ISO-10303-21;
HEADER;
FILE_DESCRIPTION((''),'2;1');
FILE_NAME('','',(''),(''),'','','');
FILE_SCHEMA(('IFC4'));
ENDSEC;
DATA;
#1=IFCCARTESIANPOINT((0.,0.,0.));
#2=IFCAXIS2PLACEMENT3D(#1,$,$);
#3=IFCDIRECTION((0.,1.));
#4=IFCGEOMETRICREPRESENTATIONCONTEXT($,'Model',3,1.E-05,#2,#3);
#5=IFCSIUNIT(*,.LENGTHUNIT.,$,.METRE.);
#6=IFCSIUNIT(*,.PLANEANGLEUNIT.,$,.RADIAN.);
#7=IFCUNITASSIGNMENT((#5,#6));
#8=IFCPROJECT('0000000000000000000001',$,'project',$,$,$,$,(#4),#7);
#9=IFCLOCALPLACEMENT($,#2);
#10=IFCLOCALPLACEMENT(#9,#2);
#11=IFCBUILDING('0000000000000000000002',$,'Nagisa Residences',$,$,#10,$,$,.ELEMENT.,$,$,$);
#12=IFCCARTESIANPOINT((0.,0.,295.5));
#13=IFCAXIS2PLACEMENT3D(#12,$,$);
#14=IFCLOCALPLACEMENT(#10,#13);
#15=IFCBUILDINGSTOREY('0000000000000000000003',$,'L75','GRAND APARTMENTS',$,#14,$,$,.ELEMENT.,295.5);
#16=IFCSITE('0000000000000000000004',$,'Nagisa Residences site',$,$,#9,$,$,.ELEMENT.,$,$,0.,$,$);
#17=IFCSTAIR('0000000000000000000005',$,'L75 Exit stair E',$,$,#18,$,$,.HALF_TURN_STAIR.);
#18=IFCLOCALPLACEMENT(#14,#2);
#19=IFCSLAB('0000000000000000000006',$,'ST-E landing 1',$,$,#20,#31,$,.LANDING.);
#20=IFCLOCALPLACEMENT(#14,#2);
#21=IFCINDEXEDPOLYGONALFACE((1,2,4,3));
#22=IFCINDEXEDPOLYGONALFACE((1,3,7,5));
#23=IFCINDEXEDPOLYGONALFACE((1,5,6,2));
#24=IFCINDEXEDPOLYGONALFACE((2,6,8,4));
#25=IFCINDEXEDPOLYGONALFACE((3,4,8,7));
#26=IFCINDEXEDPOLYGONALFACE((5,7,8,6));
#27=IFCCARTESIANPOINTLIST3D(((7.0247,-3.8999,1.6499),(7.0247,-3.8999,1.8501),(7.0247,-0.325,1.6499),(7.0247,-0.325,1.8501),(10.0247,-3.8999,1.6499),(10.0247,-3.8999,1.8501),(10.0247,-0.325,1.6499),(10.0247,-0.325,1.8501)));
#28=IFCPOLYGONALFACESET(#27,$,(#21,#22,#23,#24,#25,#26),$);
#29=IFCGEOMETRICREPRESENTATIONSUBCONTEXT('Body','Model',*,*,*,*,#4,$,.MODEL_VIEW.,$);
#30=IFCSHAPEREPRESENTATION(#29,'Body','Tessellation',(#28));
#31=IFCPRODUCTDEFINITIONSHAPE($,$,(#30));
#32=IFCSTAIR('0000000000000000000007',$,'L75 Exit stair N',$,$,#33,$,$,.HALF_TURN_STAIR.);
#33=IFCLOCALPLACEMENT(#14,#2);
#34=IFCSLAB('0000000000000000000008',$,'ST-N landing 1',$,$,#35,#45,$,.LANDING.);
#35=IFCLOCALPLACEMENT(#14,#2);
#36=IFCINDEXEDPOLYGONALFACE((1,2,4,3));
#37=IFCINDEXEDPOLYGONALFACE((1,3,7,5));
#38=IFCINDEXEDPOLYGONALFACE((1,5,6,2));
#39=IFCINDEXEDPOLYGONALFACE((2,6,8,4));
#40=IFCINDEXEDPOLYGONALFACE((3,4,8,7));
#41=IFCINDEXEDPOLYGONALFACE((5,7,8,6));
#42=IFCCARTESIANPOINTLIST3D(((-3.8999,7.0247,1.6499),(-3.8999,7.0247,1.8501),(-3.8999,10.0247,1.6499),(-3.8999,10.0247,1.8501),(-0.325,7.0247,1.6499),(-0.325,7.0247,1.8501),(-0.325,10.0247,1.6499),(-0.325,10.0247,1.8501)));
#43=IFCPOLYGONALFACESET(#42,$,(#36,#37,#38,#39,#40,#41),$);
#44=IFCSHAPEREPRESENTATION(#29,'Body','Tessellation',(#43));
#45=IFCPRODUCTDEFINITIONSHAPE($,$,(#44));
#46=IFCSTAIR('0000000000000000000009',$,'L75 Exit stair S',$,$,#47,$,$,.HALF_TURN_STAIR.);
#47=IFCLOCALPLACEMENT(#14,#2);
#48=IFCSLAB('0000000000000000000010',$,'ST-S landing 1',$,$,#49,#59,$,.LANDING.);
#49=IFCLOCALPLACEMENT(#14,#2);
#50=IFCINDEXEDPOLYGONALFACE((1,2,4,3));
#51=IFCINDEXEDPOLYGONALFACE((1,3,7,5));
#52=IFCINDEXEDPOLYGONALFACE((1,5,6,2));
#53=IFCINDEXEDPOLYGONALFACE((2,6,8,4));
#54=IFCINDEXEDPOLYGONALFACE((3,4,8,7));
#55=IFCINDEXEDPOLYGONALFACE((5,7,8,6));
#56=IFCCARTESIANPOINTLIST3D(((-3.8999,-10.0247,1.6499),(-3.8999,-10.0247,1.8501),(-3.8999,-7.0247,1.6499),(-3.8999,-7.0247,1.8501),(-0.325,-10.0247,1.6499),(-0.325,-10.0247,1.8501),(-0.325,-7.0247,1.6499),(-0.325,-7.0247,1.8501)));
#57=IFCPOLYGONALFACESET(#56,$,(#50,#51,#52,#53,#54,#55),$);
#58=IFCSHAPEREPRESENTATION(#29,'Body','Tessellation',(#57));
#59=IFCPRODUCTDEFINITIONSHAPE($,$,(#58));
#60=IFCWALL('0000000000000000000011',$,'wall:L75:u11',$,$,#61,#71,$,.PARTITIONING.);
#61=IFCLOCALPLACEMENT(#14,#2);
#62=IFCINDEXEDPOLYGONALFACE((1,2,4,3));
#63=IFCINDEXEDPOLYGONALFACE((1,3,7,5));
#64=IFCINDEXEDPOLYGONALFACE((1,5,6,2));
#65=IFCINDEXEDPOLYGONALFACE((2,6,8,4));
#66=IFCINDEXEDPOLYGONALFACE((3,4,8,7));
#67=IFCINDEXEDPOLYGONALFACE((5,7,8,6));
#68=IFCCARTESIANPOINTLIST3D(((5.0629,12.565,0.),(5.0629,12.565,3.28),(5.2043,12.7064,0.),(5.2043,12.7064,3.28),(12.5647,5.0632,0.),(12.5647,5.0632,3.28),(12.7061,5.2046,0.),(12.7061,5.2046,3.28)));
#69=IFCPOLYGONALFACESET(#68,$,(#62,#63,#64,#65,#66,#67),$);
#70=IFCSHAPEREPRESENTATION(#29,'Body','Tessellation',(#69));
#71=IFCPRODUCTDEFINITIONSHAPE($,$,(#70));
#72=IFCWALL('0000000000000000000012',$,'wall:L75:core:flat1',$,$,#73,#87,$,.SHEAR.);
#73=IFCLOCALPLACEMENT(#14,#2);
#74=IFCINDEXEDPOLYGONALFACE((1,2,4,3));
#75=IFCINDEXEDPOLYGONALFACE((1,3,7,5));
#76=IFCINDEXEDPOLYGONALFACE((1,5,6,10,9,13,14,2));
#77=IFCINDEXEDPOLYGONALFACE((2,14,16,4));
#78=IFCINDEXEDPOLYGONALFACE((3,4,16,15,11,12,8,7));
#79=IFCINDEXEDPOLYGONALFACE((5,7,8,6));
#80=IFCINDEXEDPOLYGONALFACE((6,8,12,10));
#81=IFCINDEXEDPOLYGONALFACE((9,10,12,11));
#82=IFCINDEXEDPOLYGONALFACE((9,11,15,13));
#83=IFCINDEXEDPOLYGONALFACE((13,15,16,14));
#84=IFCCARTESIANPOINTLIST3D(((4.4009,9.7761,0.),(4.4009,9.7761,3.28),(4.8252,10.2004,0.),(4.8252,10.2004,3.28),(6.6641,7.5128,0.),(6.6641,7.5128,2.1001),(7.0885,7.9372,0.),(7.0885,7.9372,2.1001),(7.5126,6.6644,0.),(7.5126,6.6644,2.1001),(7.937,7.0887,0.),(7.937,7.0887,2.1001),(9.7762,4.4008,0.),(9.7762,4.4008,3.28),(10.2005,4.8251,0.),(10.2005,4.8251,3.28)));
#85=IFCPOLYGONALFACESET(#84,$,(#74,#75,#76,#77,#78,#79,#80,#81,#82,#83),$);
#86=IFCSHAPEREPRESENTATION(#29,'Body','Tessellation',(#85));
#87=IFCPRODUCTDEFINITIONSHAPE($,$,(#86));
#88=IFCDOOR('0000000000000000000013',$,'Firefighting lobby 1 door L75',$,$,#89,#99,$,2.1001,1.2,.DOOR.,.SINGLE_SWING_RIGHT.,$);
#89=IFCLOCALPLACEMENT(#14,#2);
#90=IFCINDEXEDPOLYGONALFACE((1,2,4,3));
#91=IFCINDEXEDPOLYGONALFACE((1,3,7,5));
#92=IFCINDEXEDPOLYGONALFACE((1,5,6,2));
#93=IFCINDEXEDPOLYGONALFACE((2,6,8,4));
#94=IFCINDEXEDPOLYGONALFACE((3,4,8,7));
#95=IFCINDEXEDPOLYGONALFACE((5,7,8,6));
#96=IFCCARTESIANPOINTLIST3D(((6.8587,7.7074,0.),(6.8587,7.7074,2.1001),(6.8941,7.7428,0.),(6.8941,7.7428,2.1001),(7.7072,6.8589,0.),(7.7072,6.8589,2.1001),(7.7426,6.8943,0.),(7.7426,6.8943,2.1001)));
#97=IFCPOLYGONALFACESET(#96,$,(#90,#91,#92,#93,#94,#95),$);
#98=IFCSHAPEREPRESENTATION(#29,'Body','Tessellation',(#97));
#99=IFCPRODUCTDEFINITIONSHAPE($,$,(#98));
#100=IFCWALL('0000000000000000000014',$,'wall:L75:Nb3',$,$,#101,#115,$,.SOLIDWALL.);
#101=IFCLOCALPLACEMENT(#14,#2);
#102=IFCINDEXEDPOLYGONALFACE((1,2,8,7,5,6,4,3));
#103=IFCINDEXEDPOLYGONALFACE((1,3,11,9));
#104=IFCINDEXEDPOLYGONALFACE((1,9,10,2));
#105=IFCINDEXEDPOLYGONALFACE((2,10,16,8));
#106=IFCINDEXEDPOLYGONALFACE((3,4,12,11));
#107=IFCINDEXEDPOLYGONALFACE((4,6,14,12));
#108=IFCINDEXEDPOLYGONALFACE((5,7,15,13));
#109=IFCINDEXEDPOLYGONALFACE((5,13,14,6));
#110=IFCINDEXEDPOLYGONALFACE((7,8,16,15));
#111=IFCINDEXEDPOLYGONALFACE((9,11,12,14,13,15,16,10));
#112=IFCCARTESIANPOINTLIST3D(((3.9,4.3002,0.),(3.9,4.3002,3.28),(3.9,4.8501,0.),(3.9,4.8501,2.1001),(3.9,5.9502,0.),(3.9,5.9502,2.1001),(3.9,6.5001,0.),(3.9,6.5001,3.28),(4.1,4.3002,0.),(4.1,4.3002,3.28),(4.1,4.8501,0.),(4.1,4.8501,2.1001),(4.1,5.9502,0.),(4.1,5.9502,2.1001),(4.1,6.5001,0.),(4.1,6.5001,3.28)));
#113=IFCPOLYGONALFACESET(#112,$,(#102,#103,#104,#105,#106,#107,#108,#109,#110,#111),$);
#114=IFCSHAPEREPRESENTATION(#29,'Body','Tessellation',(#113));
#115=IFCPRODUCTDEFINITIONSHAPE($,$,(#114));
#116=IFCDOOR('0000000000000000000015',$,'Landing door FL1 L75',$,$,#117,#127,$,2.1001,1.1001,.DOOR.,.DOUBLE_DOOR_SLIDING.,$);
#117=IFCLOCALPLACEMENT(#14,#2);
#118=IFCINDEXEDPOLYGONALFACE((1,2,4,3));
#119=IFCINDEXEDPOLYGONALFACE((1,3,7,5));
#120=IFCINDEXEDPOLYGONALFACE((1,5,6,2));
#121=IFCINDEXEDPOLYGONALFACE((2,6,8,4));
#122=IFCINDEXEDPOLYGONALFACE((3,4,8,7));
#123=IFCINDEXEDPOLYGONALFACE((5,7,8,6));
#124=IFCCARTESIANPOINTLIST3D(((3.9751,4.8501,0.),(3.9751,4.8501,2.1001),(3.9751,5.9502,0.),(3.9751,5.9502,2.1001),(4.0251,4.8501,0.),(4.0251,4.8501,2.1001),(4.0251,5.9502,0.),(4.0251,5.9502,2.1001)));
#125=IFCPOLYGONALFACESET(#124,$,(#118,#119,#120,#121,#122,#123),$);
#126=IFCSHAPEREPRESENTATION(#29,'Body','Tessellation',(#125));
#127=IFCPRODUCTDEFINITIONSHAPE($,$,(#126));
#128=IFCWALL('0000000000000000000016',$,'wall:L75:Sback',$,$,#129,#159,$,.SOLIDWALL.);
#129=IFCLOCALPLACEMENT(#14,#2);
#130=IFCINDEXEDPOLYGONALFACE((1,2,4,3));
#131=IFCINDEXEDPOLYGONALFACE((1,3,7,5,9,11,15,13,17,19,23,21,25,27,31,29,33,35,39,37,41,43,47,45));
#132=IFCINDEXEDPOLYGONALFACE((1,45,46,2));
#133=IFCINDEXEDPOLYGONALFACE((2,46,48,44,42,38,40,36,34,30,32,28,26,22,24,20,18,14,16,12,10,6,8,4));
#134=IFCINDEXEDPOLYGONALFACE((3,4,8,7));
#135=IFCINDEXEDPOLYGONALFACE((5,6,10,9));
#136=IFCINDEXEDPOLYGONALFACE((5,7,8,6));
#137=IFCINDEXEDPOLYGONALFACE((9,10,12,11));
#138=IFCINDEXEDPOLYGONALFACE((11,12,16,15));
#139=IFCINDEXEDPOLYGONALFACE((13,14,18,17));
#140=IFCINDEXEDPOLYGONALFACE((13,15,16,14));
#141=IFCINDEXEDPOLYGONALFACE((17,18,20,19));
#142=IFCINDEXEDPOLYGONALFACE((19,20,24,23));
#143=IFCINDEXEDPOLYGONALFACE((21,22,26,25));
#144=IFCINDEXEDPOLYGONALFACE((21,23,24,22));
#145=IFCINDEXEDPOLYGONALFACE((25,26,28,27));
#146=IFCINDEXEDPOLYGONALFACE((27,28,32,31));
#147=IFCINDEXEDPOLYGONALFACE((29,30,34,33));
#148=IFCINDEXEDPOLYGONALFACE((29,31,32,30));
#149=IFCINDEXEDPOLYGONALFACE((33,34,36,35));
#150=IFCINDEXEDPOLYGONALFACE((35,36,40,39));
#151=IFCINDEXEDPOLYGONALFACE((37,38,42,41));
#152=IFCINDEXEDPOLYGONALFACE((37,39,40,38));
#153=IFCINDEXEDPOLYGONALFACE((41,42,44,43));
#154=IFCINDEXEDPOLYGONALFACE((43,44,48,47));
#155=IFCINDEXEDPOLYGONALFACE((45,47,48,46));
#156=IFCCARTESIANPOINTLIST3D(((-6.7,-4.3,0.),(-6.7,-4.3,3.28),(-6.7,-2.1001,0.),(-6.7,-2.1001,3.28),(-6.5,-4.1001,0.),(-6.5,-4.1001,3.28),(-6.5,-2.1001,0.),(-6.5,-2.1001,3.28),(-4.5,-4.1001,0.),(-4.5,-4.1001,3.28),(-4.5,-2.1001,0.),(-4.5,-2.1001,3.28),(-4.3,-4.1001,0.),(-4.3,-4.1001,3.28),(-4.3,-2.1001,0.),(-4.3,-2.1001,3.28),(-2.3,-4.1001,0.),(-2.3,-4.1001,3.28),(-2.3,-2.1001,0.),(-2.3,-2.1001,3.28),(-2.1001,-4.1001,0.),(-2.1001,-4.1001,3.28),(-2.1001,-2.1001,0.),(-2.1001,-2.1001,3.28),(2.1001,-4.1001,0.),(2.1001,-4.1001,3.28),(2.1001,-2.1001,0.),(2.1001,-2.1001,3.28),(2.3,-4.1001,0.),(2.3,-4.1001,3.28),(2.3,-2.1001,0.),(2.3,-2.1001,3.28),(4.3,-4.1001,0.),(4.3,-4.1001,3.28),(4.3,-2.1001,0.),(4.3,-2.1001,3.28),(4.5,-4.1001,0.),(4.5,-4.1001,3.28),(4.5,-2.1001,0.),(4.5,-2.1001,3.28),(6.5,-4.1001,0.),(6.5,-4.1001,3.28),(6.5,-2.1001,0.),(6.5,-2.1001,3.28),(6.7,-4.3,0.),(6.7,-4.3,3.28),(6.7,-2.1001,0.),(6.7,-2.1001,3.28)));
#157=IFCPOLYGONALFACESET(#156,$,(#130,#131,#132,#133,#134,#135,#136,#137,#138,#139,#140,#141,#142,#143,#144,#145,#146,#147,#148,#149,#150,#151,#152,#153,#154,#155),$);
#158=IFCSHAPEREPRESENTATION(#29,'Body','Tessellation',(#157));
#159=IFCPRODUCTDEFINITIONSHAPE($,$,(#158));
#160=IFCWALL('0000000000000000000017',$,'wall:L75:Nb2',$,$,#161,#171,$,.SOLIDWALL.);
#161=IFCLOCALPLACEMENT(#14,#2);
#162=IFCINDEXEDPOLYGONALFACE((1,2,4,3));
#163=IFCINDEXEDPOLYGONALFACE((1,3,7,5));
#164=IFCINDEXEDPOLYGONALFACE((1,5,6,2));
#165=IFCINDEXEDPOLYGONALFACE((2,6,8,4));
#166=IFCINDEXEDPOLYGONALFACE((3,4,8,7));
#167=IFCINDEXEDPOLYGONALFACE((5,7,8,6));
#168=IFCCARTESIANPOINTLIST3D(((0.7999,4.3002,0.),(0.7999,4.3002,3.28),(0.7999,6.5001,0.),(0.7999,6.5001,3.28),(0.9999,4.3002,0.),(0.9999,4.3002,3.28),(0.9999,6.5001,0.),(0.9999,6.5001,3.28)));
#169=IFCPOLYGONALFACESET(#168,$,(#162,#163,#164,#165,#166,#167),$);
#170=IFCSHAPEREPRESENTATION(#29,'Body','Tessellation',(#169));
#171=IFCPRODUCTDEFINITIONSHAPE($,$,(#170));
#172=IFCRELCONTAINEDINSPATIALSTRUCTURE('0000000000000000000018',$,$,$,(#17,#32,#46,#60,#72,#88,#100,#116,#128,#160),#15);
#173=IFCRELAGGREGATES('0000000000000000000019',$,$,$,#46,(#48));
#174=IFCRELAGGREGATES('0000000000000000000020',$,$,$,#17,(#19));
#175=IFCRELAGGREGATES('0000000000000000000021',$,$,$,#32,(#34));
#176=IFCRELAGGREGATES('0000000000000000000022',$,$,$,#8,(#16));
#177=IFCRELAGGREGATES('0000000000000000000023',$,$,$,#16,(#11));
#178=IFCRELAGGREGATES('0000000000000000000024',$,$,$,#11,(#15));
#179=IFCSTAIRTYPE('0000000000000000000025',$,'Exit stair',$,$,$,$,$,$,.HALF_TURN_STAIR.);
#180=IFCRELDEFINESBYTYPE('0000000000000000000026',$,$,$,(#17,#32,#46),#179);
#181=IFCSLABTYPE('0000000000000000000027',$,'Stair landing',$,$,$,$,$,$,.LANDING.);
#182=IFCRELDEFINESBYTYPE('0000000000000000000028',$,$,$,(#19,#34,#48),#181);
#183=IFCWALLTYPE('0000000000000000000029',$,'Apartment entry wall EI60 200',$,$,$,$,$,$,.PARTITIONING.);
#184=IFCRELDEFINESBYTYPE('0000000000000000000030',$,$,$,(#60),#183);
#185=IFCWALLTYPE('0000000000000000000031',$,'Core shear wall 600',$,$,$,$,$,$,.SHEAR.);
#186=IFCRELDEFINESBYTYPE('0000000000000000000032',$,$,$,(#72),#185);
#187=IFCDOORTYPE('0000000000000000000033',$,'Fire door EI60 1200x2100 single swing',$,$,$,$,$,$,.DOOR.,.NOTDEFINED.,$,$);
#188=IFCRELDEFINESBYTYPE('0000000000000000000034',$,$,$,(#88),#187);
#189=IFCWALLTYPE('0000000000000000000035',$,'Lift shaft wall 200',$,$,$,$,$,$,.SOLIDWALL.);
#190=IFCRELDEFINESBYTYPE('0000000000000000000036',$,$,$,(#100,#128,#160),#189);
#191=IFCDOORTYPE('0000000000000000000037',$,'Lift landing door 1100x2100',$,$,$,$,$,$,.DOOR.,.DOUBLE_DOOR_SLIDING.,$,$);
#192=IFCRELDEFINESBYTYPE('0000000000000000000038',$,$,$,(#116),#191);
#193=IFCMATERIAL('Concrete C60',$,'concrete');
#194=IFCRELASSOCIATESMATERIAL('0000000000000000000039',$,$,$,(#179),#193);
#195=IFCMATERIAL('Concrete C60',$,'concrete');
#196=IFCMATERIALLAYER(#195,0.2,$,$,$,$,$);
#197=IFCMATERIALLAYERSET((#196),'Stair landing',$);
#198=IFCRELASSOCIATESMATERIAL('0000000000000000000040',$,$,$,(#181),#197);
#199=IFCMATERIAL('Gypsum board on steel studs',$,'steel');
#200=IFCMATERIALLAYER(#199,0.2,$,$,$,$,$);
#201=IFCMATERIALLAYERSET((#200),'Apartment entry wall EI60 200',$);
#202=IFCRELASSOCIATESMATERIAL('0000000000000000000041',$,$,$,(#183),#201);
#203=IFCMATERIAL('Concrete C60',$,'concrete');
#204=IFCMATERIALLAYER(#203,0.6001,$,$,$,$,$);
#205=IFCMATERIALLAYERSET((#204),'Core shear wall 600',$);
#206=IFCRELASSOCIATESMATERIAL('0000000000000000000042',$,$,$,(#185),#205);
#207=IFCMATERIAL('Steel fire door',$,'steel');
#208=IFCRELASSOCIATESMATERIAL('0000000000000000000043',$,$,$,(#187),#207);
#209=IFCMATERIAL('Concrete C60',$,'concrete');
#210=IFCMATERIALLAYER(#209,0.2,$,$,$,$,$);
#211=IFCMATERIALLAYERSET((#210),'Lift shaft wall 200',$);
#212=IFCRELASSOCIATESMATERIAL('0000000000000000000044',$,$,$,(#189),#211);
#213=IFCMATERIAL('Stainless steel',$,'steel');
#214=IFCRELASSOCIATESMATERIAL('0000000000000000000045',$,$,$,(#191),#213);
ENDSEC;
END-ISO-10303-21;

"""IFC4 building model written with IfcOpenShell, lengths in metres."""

from ifc_helpers import new_model, si_unit, direction, frame, frame_2d, origin, place, context, subcontext, project, spatial, polyline, rectangle, outline, extrude, material, layer, layer_set, type_object, element, fill, aggregate, save


model = new_model("IFC4")

# Units and contexts
model_context = context("Model", 3, precision=1e-05, world=origin(), true_north=direction((0.0, 1.0)))
body_context = subcontext(model_context, "Body", "Model", "MODEL_VIEW")
ifc_project = project(units=[si_unit("LENGTHUNIT", "METRE"), si_unit("PLANEANGLEUNIT", "RADIAN")], contexts=[model_context])

# Site, building, storey
site_placement = place(None, origin())
site = spatial("IfcSite", under=ifc_project, at=site_placement, Name="Nagisa Residences site", CompositionType="ELEMENT", RefElevation=0.0)
building_placement = place(site_placement, origin())
building = spatial("IfcBuilding", under=site, at=building_placement, Name="Nagisa Residences", CompositionType="ELEMENT")
storey_placement = place(building_placement, frame((0.0, 0.0, 295.5)))
storey = spatial("IfcBuildingStorey", under=building, at=storey_placement, Name="L75", Description="GRAND APARTMENTS", CompositionType="ELEMENT", Elevation=295.5)

# Stairs, slabs
ifc_material_1 = material(Name="Concrete C60", Category="concrete")
stair_type = type_object("IfcStairType", Name="Exit stair", PredefinedType="HALF_TURN_STAIR", material=ifc_material_1)
stair_1_placement = place(storey_placement, origin())
stair_1 = element("IfcStair", 1, at=stair_1_placement, inside=storey, type_object=stair_type, Name="L75 Exit stair E", PredefinedType="HALF_TURN_STAIR")
ifc_material_2 = material(Name="Concrete C60", Category="concrete")
ifc_layer_1 = layer(ifc_material_2, 0.2)
ifc_layer_set_1 = layer_set([ifc_layer_1], Name="Stair landing")
slab_type = type_object("IfcSlabType", Name="Stair landing", PredefinedType="LANDING", material=ifc_layer_set_1)
slab_1_placement = place(storey_placement, frame((0.0, 0.0, 1.6499)))
slab_1 = element("IfcSlab", 2, at=slab_1_placement, type_object=slab_type, Name="ST-E landing 1", PredefinedType="LANDING", context=body_context, shape_type="SweptSolid", body=[
    extrude(outline(polyline([(7.0247, -0.325), (7.0247, -3.8999), (10.0247, -3.8999), (10.0247, -0.325), (7.0247, -0.325)])), origin(), (0.0, 0.0, 1.0), 0.2002),
])
stair_2_placement = place(storey_placement, origin())
stair_2 = element("IfcStair", 3, at=stair_2_placement, inside=storey, type_object=stair_type, Name="L75 Exit stair N", PredefinedType="HALF_TURN_STAIR")
slab_2_placement = place(storey_placement, frame((0.0, 0.0, 1.6499)))
slab_2 = element("IfcSlab", 4, at=slab_2_placement, type_object=slab_type, Name="ST-N landing 1", PredefinedType="LANDING", context=body_context, shape_type="SweptSolid", body=[
    extrude(outline(polyline([(-0.325, 10.0247), (-3.8999, 10.0247), (-3.8999, 7.0247), (-0.325, 7.0247), (-0.325, 10.0247)])), origin(), (0.0, 0.0, 1.0), 0.2002),
])
stair_3_placement = place(storey_placement, origin())
stair_3 = element("IfcStair", 5, at=stair_3_placement, inside=storey, type_object=stair_type, Name="L75 Exit stair S", PredefinedType="HALF_TURN_STAIR")
slab_3_placement = place(storey_placement, frame((0.0, 0.0, 1.6499)))
slab_3 = element("IfcSlab", 6, at=slab_3_placement, type_object=slab_type, Name="ST-S landing 1", PredefinedType="LANDING", context=body_context, shape_type="SweptSolid", body=[
    extrude(outline(polyline([(-0.325, -7.0247), (-3.8999, -7.0247), (-3.8999, -10.0247), (-0.325, -10.0247), (-0.325, -7.0247)])), origin(), (0.0, 0.0, 1.0), 0.2002),
])
aggregate(stair_3, [slab_3])

# Wall
ifc_material_3 = material(Name="Gypsum board on steel studs", Category="steel")
ifc_layer_2 = layer(ifc_material_3, 0.2)
ifc_layer_set_2 = layer_set([ifc_layer_2], Name="Apartment entry wall EI60 200")
wall_type_1 = type_object("IfcWallType", Name="Apartment entry wall EI60 200", PredefinedType="PARTITIONING", material=ifc_layer_set_2)
wall_1_placement = place(storey_placement, frame((12.6355, 5.1338, 0.0), z_axis=(0.0, 0.0, 1.0), x_axis=(-0.707107, 0.707107, 0.0)))
element("IfcWall", 7, at=wall_1_placement, inside=storey, type_object=wall_type_1, Name="wall:L75:u11", PredefinedType="PARTITIONING", context=body_context, shape_type="SweptSolid", body=[
    extrude(rectangle(XDim=10.6091, YDim=0.2, at=frame_2d((5.3047, 0.0))), origin(), (0.0, 0.0, 1.0), 3.28),
])

# Walls, openings, doors
ifc_material_4 = material(Name="Concrete C60", Category="concrete")
ifc_layer_3 = layer(ifc_material_4, 0.6001)
ifc_layer_set_3 = layer_set([ifc_layer_3], Name="Core shear wall 600")
wall_type_2 = type_object("IfcWallType", Name="Core shear wall 600", PredefinedType="SHEAR", material=ifc_layer_set_3)
wall_2_placement = place(storey_placement, frame((9.9883, 4.613, 0.0), z_axis=(0.0, 0.0, 1.0), x_axis=(-0.707107, 0.707107, 0.0)))
wall_2 = element("IfcWall", 8, at=wall_2_placement, inside=storey, type_object=wall_type_2, Name="wall:L75:core:flat1", PredefinedType="SHEAR", context=body_context, shape_type="SweptSolid", body=[
    extrude(rectangle(XDim=7.6018, YDim=0.6001, at=frame_2d((3.8008, 0.0))), origin(), (0.0, 0.0, 1.0), 3.28),
])
opening_1_placement = place(wall_2_placement, frame((3.2009, 0.0, 0.0)))
opening_1 = element("IfcOpeningElement", 9, at=opening_1_placement, cuts=wall_2, PredefinedType="OPENING", context=body_context, shape_type="SweptSolid", body=[
    extrude(rectangle(XDim=1.2, YDim=2.1001, at=frame_2d((0.6001, 1.05))), frame((0.0, 0.3101, 0.0), z_axis=(0.0, -1.0, 0.0), x_axis=(1.0, 0.0, 0.0)), (0.0, 0.0, 1.0), 0.6201),
])
ifc_material_5 = material(Name="Steel fire door", Category="steel")
door_type_1 = type_object("IfcDoorType", Name="Fire door EI60 1200x2100 single swing", OperationType="NOTDEFINED", PredefinedType="DOOR", material=ifc_material_5)
door_1_placement = place(opening_1_placement, origin())
door_1 = element("IfcDoor", 10, at=door_1_placement, inside=storey, type_object=door_type_1, Name="Firefighting lobby 1 door L75", OperationType="SINGLE_SWING_RIGHT", OverallHeight=2.1001, OverallWidth=1.2, PredefinedType="DOOR", context=body_context, shape_type="SweptSolid", body=[
    extrude(rectangle(XDim=1.2, YDim=2.1001, at=frame_2d((0.6001, 1.05))), frame((0.0, 0.0249, 0.0), z_axis=(0.0, -1.0, 0.0), x_axis=(1.0, 0.0, 0.0)), (0.0, 0.0, 1.0), 0.05),
])
fill(opening_1, door_1)
ifc_material_6 = material(Name="Concrete C60", Category="concrete")
ifc_layer_4 = layer(ifc_material_6, 0.2)
ifc_layer_set_4 = layer_set([ifc_layer_4], Name="Lift shaft wall 200")
wall_type_3 = type_object("IfcWallType", Name="Lift shaft wall 200", PredefinedType="SOLIDWALL", material=ifc_layer_set_4)
wall_3_placement = place(storey_placement, frame((4.0, 4.3, 0.0), z_axis=(0.0, 0.0, 1.0), x_axis=(0.0, 1.0, 0.0)))
wall_3 = element("IfcWall", 11, at=wall_3_placement, inside=storey, type_object=wall_type_3, Name="wall:L75:Nb3", PredefinedType="SOLIDWALL", context=body_context, shape_type="SweptSolid", body=[
    extrude(rectangle(XDim=2.2, YDim=0.2, at=frame_2d((1.1001, 0.0))), origin(), (0.0, 0.0, 1.0), 3.28),
])
opening_2_placement = place(wall_3_placement, frame((0.55, 0.0, 0.0)))
opening_2 = element("IfcOpeningElement", 12, at=opening_2_placement, cuts=wall_3, PredefinedType="OPENING", context=body_context, shape_type="SweptSolid", body=[
    extrude(rectangle(XDim=1.1001, YDim=2.1001, at=frame_2d((0.55, 1.05))), frame((0.0, 0.1099, 0.0), z_axis=(0.0, -1.0, 0.0), x_axis=(1.0, 0.0, 0.0)), (0.0, 0.0, 1.0), 0.22),
])
ifc_material_7 = material(Name="Stainless steel", Category="steel")
door_type_2 = type_object("IfcDoorType", Name="Lift landing door 1100x2100", OperationType="DOUBLE_DOOR_SLIDING", PredefinedType="DOOR", material=ifc_material_7)
door_2_placement = place(opening_2_placement, origin())
door_2 = element("IfcDoor", 13, at=door_2_placement, inside=storey, type_object=door_type_2, Name="Landing door FL1 L75", OperationType="DOUBLE_DOOR_SLIDING", OverallHeight=2.1001, OverallWidth=1.1001, PredefinedType="DOOR", context=body_context, shape_type="SweptSolid", body=[
    extrude(rectangle(XDim=1.1001, YDim=2.1001, at=frame_2d((0.55, 1.05))), frame((0.0, 0.0249, 0.0), z_axis=(0.0, -1.0, 0.0), x_axis=(1.0, 0.0, 0.0)), (0.0, 0.0, 1.0), 0.05),
])
fill(opening_2, door_2)

# Walls
wall_4_placement = place(storey_placement, origin())
element("IfcWall", 14, at=wall_4_placement, inside=storey, type_object=wall_type_3, Name="wall:L75:Sback", PredefinedType="SOLIDWALL", context=body_context, shape_type="SweptSolid", body=[
    extrude(outline(polyline([(-6.7, -2.1001), (-6.5, -2.1001), (-6.5, -4.1001), (-4.5, -4.1001), (-4.5, -2.1001), (-4.3, -2.1001), (-4.3, -4.1001), (-2.3, -4.1001), (-2.3, -2.1001), (-2.1001, -2.1001), (-2.1001, -4.1001), (2.1001, -4.1001), (2.1001, -2.1001), (2.3, -2.1001), (2.3, -4.1001), (4.3, -4.1001), (4.3, -2.1001), (4.5, -2.1001), (4.5, -4.1001), (6.5, -4.1001), (6.5, -2.1001), (6.7, -2.1001), (6.7, -4.3), (-6.7, -4.3), (-6.7, -2.1001)])), origin(), (0.0, 0.0, 1.0), 3.28),
])
wall_5_placement = place(storey_placement, frame((0.8999, 4.3, 0.0), z_axis=(0.0, 0.0, 1.0), x_axis=(0.0, 1.0, 0.0)))
element("IfcWall", 15, at=wall_5_placement, inside=storey, type_object=wall_type_3, Name="wall:L75:Nb2", PredefinedType="SOLIDWALL", context=body_context, shape_type="SweptSolid", body=[
    extrude(rectangle(XDim=2.2, YDim=0.2, at=frame_2d((1.1001, 0.0))), origin(), (0.0, 0.0, 1.0), 3.28),
])

aggregate(stair_1, [slab_1])
aggregate(stair_2, [slab_2])

save(model, "model.ifc")
